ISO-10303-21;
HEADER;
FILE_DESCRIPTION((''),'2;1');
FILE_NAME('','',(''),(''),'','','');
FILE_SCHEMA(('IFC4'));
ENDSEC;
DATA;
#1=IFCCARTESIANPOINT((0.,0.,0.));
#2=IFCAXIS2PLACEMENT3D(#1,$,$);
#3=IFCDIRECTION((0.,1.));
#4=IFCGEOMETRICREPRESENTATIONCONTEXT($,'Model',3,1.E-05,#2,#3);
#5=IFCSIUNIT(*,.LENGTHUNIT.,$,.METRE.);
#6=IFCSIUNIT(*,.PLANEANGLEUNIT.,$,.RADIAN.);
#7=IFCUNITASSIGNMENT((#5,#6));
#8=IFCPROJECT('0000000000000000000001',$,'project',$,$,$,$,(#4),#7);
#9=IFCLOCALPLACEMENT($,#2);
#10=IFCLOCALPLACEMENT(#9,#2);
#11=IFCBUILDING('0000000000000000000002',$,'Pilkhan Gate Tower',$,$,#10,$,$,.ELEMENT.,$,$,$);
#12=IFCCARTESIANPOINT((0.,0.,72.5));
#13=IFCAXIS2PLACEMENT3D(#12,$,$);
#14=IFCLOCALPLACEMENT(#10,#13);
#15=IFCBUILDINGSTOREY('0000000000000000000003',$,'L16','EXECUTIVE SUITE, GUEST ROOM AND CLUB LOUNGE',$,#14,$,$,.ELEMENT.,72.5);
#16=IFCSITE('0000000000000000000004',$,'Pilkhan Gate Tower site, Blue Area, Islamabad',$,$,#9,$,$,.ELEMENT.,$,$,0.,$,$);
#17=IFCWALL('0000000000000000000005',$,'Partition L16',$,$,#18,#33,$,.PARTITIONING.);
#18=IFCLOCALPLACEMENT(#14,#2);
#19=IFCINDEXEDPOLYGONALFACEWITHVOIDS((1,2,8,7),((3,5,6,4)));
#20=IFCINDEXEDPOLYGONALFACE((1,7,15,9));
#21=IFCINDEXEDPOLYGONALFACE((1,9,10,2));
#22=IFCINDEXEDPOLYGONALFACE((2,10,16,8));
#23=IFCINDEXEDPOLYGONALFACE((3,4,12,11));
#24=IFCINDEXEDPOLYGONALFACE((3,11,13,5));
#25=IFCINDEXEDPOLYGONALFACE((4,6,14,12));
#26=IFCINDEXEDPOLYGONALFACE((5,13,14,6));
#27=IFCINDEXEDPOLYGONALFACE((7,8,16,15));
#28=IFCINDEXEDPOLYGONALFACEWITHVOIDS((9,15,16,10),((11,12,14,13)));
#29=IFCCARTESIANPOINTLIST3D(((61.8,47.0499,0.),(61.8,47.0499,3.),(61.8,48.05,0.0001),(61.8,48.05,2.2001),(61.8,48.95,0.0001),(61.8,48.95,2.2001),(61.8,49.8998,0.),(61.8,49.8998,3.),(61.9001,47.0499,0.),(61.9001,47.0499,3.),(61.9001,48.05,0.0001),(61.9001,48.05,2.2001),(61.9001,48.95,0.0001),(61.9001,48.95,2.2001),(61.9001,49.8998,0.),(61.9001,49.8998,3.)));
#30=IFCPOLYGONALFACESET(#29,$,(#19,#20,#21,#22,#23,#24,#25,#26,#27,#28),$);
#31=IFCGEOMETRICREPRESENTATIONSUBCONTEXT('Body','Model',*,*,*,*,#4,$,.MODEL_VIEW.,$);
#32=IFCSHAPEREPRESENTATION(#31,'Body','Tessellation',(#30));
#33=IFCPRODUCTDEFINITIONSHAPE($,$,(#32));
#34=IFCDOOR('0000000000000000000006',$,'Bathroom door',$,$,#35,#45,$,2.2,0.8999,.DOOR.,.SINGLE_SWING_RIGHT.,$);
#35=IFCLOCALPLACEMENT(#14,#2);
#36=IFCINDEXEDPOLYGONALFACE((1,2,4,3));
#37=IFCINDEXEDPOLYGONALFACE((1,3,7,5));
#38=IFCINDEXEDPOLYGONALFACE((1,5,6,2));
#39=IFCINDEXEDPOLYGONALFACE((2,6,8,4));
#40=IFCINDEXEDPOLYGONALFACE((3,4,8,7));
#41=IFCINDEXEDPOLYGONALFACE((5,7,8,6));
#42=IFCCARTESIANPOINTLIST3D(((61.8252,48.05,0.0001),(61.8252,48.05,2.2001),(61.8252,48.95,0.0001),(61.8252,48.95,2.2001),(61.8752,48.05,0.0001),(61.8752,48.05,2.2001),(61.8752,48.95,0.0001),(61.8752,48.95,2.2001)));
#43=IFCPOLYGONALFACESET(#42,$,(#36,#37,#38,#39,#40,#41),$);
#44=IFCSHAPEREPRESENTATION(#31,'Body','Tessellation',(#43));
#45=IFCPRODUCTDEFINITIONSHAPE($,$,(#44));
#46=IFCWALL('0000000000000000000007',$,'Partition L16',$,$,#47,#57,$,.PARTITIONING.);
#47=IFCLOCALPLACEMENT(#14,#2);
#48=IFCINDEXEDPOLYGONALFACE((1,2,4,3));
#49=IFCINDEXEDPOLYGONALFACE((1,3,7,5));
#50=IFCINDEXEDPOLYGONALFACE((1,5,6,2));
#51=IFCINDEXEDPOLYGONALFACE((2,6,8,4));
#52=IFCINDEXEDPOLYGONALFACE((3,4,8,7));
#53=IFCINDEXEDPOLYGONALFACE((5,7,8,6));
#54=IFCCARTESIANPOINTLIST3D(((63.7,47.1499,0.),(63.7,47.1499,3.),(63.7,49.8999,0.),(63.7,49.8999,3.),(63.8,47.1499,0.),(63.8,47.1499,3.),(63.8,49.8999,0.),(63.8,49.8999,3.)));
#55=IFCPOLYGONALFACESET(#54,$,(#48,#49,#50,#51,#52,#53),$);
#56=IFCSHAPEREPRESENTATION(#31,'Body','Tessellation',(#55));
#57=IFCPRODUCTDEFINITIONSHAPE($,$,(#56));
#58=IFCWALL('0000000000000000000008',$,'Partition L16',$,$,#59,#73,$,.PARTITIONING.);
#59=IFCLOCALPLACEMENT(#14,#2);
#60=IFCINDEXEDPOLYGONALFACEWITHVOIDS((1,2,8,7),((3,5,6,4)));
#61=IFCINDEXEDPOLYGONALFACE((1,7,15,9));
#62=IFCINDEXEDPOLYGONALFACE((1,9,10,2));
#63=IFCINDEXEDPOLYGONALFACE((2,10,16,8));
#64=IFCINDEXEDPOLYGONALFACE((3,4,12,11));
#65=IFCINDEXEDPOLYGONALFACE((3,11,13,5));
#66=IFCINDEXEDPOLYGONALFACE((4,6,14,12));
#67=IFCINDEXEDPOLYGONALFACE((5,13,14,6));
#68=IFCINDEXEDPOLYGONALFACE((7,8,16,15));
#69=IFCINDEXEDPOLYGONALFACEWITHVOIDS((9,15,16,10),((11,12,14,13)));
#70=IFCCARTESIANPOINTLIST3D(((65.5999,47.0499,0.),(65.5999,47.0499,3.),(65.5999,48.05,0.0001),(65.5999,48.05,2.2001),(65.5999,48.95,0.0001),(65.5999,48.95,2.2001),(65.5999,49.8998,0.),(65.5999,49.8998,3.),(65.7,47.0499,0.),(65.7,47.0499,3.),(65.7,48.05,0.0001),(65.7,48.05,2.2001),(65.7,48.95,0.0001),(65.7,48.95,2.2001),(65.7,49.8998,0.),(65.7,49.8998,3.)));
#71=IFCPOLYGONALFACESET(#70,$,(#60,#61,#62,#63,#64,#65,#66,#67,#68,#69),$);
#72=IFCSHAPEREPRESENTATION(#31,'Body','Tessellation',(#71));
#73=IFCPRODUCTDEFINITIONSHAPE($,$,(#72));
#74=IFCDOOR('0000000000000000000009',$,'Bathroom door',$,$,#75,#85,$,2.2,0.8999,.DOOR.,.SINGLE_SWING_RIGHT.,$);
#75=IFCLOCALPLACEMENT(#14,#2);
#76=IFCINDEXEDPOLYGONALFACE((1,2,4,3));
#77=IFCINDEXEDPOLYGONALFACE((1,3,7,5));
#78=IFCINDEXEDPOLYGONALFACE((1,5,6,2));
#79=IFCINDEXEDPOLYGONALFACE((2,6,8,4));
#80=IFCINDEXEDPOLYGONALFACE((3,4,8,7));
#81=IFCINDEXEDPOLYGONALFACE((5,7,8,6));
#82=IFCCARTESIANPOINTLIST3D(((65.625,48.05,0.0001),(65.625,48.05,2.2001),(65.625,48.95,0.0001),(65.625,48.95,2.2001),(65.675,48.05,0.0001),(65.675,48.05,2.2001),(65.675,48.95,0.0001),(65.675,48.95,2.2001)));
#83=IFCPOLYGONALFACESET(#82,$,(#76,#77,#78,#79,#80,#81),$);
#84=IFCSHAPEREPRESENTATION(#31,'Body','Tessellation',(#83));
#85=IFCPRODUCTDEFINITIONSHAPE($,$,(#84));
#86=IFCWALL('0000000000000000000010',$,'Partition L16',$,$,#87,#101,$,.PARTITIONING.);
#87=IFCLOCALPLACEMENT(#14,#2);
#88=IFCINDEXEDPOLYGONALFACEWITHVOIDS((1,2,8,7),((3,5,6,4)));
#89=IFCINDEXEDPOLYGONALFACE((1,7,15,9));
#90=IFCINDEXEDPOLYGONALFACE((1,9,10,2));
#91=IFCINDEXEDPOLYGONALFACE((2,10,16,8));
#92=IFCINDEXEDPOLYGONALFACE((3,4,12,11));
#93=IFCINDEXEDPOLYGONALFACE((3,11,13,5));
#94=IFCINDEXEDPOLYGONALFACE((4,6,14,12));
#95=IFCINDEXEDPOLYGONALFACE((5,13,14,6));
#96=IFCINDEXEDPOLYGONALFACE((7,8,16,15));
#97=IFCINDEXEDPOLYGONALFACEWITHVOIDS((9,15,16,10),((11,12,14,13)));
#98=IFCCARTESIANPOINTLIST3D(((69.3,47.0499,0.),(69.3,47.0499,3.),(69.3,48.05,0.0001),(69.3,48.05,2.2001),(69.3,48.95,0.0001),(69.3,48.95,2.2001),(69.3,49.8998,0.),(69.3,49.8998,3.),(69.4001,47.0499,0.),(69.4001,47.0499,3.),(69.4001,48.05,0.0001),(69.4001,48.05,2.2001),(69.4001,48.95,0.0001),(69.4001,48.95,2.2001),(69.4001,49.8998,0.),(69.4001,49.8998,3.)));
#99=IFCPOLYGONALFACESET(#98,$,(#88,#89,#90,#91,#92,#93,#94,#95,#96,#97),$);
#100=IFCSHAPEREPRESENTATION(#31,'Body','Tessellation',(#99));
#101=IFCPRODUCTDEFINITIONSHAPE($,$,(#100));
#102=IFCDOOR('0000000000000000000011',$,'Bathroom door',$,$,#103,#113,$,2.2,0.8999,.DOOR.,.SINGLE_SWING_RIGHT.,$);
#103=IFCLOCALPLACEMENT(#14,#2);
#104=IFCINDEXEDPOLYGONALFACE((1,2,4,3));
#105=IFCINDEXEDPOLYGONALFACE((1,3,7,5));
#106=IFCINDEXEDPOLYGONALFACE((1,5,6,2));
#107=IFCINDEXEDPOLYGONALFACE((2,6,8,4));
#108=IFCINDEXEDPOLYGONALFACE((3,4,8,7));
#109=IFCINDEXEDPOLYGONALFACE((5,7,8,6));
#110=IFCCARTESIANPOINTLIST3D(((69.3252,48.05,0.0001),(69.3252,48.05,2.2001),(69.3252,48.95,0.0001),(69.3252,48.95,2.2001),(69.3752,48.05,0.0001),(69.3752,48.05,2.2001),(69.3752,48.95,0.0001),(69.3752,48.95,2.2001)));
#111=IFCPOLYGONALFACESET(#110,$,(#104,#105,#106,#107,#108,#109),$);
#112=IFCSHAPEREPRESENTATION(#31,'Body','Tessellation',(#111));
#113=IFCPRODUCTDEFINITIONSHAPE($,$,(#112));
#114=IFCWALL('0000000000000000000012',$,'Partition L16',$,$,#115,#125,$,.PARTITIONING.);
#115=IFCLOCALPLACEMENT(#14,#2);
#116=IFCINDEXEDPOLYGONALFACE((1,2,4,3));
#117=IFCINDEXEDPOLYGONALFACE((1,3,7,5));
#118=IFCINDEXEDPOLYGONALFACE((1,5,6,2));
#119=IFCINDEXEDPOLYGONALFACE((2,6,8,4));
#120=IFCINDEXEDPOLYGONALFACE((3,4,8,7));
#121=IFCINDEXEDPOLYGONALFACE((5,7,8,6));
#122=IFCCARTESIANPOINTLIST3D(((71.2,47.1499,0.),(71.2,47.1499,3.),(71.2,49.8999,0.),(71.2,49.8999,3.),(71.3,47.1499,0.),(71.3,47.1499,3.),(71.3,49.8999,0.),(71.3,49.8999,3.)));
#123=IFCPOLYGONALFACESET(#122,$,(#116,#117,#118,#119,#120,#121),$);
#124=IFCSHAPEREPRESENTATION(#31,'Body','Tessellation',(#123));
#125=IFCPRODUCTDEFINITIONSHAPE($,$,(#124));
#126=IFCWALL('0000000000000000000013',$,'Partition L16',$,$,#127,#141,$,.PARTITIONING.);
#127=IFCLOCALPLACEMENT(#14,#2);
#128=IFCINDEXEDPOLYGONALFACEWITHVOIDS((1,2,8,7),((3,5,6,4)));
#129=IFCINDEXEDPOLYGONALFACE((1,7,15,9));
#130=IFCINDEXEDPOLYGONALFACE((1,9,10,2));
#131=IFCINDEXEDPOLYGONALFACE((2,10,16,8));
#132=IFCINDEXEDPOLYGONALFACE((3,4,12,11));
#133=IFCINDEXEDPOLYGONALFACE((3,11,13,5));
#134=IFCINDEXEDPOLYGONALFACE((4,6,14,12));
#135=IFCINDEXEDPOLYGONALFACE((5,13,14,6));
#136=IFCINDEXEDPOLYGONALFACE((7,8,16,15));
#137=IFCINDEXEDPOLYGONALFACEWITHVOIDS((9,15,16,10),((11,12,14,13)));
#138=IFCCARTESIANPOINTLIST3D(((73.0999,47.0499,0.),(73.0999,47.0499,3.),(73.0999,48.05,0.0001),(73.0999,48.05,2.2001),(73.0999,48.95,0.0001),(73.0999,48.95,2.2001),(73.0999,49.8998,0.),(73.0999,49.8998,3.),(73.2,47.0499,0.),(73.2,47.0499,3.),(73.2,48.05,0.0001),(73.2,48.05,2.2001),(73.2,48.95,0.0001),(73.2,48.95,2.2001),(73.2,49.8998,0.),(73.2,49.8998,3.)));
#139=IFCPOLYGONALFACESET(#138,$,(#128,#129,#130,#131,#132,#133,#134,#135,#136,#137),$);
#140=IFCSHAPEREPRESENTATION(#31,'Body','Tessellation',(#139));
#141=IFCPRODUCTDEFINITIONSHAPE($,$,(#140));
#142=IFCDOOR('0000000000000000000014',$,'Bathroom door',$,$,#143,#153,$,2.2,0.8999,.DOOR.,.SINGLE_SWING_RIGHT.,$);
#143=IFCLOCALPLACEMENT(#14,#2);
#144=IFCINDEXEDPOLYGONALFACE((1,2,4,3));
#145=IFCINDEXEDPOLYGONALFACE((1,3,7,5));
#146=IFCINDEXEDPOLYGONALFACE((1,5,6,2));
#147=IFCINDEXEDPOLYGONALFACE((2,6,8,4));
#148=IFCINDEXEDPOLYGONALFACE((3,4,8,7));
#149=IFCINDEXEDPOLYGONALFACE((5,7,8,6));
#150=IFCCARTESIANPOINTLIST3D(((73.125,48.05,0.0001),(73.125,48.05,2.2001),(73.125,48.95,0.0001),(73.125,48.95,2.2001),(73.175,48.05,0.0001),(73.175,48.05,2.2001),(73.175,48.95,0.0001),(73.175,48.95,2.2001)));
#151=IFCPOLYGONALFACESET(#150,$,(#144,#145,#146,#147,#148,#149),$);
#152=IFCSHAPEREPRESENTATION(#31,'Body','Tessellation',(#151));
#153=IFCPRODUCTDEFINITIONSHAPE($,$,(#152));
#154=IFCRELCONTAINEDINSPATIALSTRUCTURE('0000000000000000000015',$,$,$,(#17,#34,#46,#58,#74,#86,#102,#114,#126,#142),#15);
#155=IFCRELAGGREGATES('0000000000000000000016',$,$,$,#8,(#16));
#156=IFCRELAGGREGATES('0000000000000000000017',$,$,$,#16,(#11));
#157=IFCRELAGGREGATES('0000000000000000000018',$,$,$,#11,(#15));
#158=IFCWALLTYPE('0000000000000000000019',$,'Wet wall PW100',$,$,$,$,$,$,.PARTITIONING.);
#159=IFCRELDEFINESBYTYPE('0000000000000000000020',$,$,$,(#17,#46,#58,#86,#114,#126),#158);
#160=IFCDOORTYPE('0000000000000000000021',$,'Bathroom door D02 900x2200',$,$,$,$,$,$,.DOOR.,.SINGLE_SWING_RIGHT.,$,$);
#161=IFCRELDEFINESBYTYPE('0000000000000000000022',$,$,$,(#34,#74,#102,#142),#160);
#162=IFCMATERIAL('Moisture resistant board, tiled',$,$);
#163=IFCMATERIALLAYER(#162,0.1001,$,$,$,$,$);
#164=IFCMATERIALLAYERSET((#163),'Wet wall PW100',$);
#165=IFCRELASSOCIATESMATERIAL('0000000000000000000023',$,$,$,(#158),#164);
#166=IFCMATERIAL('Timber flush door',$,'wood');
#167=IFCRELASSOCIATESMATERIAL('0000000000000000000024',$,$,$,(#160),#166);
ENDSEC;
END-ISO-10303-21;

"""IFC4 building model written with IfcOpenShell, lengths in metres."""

from ifc_helpers import new_model, si_unit, direction, frame, frame_2d, origin, place, context, subcontext, project, spatial, rectangle, extrude, material, layer, layer_set, type_object, element, fill, save


model = new_model("IFC4")

# Units and contexts
model_context = context("Model", 3, precision=1e-05, world=origin(), true_north=direction((0.0, 1.0)))
body_context = subcontext(model_context, "Body", "Model", "MODEL_VIEW")
ifc_project = project(units=[si_unit("LENGTHUNIT", "METRE"), si_unit("PLANEANGLEUNIT", "RADIAN")], contexts=[model_context])

# Site, building, storey
site_placement = place(None, origin())
site = spatial("IfcSite", under=ifc_project, at=site_placement, Name="Pilkhan Gate Tower site, Blue Area, Islamabad", CompositionType="ELEMENT", RefElevation=0.0)
building_placement = place(site_placement, origin())
building = spatial("IfcBuilding", under=site, at=building_placement, Name="Pilkhan Gate Tower", CompositionType="ELEMENT")
storey_placement = place(building_placement, frame((0.0, 0.0, 72.5)))
storey = spatial("IfcBuildingStorey", under=building, at=storey_placement, Name="L16", Description="EXECUTIVE SUITE, GUEST ROOM AND CLUB LOUNGE", CompositionType="ELEMENT", Elevation=72.5)

# Shared definitions
ifc_material_1 = material(Name="Moisture resistant board, tiled")
ifc_layer_1 = layer(ifc_material_1, 0.1001)
ifc_layer_set_1 = layer_set([ifc_layer_1], Name="Wet wall PW100")
wall_type_1 = type_object("IfcWallType", Name="Wet wall PW100", PredefinedType="PARTITIONING", material=ifc_layer_set_1)

# Wall, opening, door
wall_1_placement = place(storey_placement, frame((61.8501, 47.05, 0.0), z_axis=(0.0, 0.0, 1.0), x_axis=(0.0, 1.0, 0.0)))
wall_1 = element("IfcWall", 1, at=wall_1_placement, inside=storey, type_object=wall_type_1, Name="Partition L16", PredefinedType="PARTITIONING", context=body_context, shape_type="SweptSolid", body=[
    extrude(rectangle(XDim=2.8499, YDim=0.1001, at=frame_2d((1.4248, 0.0))), origin(), (0.0, 0.0, 1.0), 3.0),
])
opening_1_placement = place(wall_1_placement, frame((1.0, 0.0, 0.0)))
opening_1 = element("IfcOpeningElement", 2, at=opening_1_placement, cuts=wall_1, PredefinedType="OPENING", context=body_context, shape_type="SweptSolid", body=[
    extrude(rectangle(XDim=0.8999, YDim=2.2, at=frame_2d((0.45, 1.1001))), frame((0.0, 0.0601, 0.0), z_axis=(0.0, -1.0, 0.0), x_axis=(1.0, 0.0, 0.0)), (0.0, 0.0, 1.0), 0.1201),
])
ifc_material_2 = material(Name="Timber flush door", Category="wood")
door_type_1 = type_object("IfcDoorType", Name="Bathroom door D02 900x2200", OperationType="SINGLE_SWING_RIGHT", PredefinedType="DOOR", material=ifc_material_2)
door_1_placement = place(opening_1_placement, origin())
door_1 = element("IfcDoor", 3, at=door_1_placement, inside=storey, type_object=door_type_1, Name="Bathroom door", OperationType="SINGLE_SWING_RIGHT", OverallHeight=2.2, OverallWidth=0.8999, PredefinedType="DOOR", context=body_context, shape_type="SweptSolid", body=[
    extrude(rectangle(XDim=0.8999, YDim=2.2, at=frame_2d((0.45, 1.1001))), frame((0.0, 0.0249, 0.0), z_axis=(0.0, -1.0, 0.0), x_axis=(1.0, 0.0, 0.0)), (0.0, 0.0, 1.0), 0.05),
])
fill(opening_1, door_1)

# Wall
wall_2_placement = place(storey_placement, frame((63.75, 47.1499, 0.0), z_axis=(0.0, 0.0, 1.0), x_axis=(0.0, 1.0, 0.0)))
element("IfcWall", 4, at=wall_2_placement, inside=storey, type_object=wall_type_1, Name="Partition L16", PredefinedType="PARTITIONING", context=body_context, shape_type="SweptSolid", body=[
    extrude(rectangle(XDim=2.75, YDim=0.1001, at=frame_2d((1.375, 0.0))), origin(), (0.0, 0.0, 1.0), 3.0),
])

# Walls, openings, doors
wall_3_placement = place(storey_placement, frame((65.6499, 47.05, 0.0), z_axis=(0.0, 0.0, 1.0), x_axis=(0.0, 1.0, 0.0)))
wall_3 = element("IfcWall", 5, at=wall_3_placement, inside=storey, type_object=wall_type_1, Name="Partition L16", PredefinedType="PARTITIONING", context=body_context, shape_type="SweptSolid", body=[
    extrude(rectangle(XDim=2.8499, YDim=0.1001, at=frame_2d((1.4248, 0.0))), origin(), (0.0, 0.0, 1.0), 3.0),
])
opening_2_placement = place(wall_3_placement, frame((1.0, 0.0, 0.0)))
opening_2 = element("IfcOpeningElement", 6, at=opening_2_placement, cuts=wall_3, PredefinedType="OPENING", context=body_context, shape_type="SweptSolid", body=[
    extrude(rectangle(XDim=0.8999, YDim=2.2, at=frame_2d((0.45, 1.1001))), frame((0.0, 0.0601, 0.0), z_axis=(0.0, -1.0, 0.0), x_axis=(1.0, 0.0, 0.0)), (0.0, 0.0, 1.0), 0.1201),
])
door_2_placement = place(opening_2_placement, origin())
door_2 = element("IfcDoor", 7, at=door_2_placement, inside=storey, type_object=door_type_1, Name="Bathroom door", OperationType="SINGLE_SWING_RIGHT", OverallHeight=2.2, OverallWidth=0.8999, PredefinedType="DOOR", context=body_context, shape_type="SweptSolid", body=[
    extrude(rectangle(XDim=0.8999, YDim=2.2, at=frame_2d((0.45, 1.1001))), frame((0.0, 0.0249, 0.0), z_axis=(0.0, -1.0, 0.0), x_axis=(1.0, 0.0, 0.0)), (0.0, 0.0, 1.0), 0.05),
])
fill(opening_2, door_2)
wall_4_placement = place(storey_placement, frame((69.3501, 47.05, 0.0), z_axis=(0.0, 0.0, 1.0), x_axis=(0.0, 1.0, 0.0)))
wall_4 = element("IfcWall", 8, at=wall_4_placement, inside=storey, type_object=wall_type_1, Name="Partition L16", PredefinedType="PARTITIONING", context=body_context, shape_type="SweptSolid", body=[
    extrude(rectangle(XDim=2.8499, YDim=0.1001, at=frame_2d((1.4248, 0.0))), origin(), (0.0, 0.0, 1.0), 3.0),
])
opening_3_placement = place(wall_4_placement, frame((1.0, 0.0, 0.0)))
opening_3 = element("IfcOpeningElement", 9, at=opening_3_placement, cuts=wall_4, PredefinedType="OPENING", context=body_context, shape_type="SweptSolid", body=[
    extrude(rectangle(XDim=0.8999, YDim=2.2, at=frame_2d((0.45, 1.1001))), frame((0.0, 0.0601, 0.0), z_axis=(0.0, -1.0, 0.0), x_axis=(1.0, 0.0, 0.0)), (0.0, 0.0, 1.0), 0.1201),
])
door_3_placement = place(opening_3_placement, origin())
door_3 = element("IfcDoor", 10, at=door_3_placement, inside=storey, type_object=door_type_1, Name="Bathroom door", OperationType="SINGLE_SWING_RIGHT", OverallHeight=2.2, OverallWidth=0.8999, PredefinedType="DOOR", context=body_context, shape_type="SweptSolid", body=[
    extrude(rectangle(XDim=0.8999, YDim=2.2, at=frame_2d((0.45, 1.1001))), frame((0.0, 0.0249, 0.0), z_axis=(0.0, -1.0, 0.0), x_axis=(1.0, 0.0, 0.0)), (0.0, 0.0, 1.0), 0.05),
])
fill(opening_3, door_3)

# Wall
wall_5_placement = place(storey_placement, frame((71.25, 47.1499, 0.0), z_axis=(0.0, 0.0, 1.0), x_axis=(0.0, 1.0, 0.0)))
element("IfcWall", 11, at=wall_5_placement, inside=storey, type_object=wall_type_1, Name="Partition L16", PredefinedType="PARTITIONING", context=body_context, shape_type="SweptSolid", body=[
    extrude(rectangle(XDim=2.75, YDim=0.1001, at=frame_2d((1.375, 0.0))), origin(), (0.0, 0.0, 1.0), 3.0),
])

# Wall, opening, door
wall_6_placement = place(storey_placement, frame((73.1499, 47.05, 0.0), z_axis=(0.0, 0.0, 1.0), x_axis=(0.0, 1.0, 0.0)))
wall_6 = element("IfcWall", 12, at=wall_6_placement, inside=storey, type_object=wall_type_1, Name="Partition L16", PredefinedType="PARTITIONING", context=body_context, shape_type="SweptSolid", body=[
    extrude(rectangle(XDim=2.8499, YDim=0.1001, at=frame_2d((1.4248, 0.0))), origin(), (0.0, 0.0, 1.0), 3.0),
])
opening_4_placement = place(wall_6_placement, frame((1.0, 0.0, 0.0)))
opening_4 = element("IfcOpeningElement", 13, at=opening_4_placement, cuts=wall_6, PredefinedType="OPENING", context=body_context, shape_type="SweptSolid", body=[
    extrude(rectangle(XDim=0.8999, YDim=2.2, at=frame_2d((0.45, 1.1001))), frame((0.0, 0.0601, 0.0), z_axis=(0.0, -1.0, 0.0), x_axis=(1.0, 0.0, 0.0)), (0.0, 0.0, 1.0), 0.1201),
])
door_4_placement = place(opening_4_placement, origin())
door_4 = element("IfcDoor", 14, at=door_4_placement, inside=storey, type_object=door_type_1, Name="Bathroom door", OperationType="SINGLE_SWING_RIGHT", OverallHeight=2.2, OverallWidth=0.8999, PredefinedType="DOOR", context=body_context, shape_type="SweptSolid", body=[
    extrude(rectangle(XDim=0.8999, YDim=2.2, at=frame_2d((0.45, 1.1001))), frame((0.0, 0.0249, 0.0), z_axis=(0.0, -1.0, 0.0), x_axis=(1.0, 0.0, 0.0)), (0.0, 0.0, 1.0), 0.05),
])
fill(opening_4, door_4)

save(model, "model.ifc")
